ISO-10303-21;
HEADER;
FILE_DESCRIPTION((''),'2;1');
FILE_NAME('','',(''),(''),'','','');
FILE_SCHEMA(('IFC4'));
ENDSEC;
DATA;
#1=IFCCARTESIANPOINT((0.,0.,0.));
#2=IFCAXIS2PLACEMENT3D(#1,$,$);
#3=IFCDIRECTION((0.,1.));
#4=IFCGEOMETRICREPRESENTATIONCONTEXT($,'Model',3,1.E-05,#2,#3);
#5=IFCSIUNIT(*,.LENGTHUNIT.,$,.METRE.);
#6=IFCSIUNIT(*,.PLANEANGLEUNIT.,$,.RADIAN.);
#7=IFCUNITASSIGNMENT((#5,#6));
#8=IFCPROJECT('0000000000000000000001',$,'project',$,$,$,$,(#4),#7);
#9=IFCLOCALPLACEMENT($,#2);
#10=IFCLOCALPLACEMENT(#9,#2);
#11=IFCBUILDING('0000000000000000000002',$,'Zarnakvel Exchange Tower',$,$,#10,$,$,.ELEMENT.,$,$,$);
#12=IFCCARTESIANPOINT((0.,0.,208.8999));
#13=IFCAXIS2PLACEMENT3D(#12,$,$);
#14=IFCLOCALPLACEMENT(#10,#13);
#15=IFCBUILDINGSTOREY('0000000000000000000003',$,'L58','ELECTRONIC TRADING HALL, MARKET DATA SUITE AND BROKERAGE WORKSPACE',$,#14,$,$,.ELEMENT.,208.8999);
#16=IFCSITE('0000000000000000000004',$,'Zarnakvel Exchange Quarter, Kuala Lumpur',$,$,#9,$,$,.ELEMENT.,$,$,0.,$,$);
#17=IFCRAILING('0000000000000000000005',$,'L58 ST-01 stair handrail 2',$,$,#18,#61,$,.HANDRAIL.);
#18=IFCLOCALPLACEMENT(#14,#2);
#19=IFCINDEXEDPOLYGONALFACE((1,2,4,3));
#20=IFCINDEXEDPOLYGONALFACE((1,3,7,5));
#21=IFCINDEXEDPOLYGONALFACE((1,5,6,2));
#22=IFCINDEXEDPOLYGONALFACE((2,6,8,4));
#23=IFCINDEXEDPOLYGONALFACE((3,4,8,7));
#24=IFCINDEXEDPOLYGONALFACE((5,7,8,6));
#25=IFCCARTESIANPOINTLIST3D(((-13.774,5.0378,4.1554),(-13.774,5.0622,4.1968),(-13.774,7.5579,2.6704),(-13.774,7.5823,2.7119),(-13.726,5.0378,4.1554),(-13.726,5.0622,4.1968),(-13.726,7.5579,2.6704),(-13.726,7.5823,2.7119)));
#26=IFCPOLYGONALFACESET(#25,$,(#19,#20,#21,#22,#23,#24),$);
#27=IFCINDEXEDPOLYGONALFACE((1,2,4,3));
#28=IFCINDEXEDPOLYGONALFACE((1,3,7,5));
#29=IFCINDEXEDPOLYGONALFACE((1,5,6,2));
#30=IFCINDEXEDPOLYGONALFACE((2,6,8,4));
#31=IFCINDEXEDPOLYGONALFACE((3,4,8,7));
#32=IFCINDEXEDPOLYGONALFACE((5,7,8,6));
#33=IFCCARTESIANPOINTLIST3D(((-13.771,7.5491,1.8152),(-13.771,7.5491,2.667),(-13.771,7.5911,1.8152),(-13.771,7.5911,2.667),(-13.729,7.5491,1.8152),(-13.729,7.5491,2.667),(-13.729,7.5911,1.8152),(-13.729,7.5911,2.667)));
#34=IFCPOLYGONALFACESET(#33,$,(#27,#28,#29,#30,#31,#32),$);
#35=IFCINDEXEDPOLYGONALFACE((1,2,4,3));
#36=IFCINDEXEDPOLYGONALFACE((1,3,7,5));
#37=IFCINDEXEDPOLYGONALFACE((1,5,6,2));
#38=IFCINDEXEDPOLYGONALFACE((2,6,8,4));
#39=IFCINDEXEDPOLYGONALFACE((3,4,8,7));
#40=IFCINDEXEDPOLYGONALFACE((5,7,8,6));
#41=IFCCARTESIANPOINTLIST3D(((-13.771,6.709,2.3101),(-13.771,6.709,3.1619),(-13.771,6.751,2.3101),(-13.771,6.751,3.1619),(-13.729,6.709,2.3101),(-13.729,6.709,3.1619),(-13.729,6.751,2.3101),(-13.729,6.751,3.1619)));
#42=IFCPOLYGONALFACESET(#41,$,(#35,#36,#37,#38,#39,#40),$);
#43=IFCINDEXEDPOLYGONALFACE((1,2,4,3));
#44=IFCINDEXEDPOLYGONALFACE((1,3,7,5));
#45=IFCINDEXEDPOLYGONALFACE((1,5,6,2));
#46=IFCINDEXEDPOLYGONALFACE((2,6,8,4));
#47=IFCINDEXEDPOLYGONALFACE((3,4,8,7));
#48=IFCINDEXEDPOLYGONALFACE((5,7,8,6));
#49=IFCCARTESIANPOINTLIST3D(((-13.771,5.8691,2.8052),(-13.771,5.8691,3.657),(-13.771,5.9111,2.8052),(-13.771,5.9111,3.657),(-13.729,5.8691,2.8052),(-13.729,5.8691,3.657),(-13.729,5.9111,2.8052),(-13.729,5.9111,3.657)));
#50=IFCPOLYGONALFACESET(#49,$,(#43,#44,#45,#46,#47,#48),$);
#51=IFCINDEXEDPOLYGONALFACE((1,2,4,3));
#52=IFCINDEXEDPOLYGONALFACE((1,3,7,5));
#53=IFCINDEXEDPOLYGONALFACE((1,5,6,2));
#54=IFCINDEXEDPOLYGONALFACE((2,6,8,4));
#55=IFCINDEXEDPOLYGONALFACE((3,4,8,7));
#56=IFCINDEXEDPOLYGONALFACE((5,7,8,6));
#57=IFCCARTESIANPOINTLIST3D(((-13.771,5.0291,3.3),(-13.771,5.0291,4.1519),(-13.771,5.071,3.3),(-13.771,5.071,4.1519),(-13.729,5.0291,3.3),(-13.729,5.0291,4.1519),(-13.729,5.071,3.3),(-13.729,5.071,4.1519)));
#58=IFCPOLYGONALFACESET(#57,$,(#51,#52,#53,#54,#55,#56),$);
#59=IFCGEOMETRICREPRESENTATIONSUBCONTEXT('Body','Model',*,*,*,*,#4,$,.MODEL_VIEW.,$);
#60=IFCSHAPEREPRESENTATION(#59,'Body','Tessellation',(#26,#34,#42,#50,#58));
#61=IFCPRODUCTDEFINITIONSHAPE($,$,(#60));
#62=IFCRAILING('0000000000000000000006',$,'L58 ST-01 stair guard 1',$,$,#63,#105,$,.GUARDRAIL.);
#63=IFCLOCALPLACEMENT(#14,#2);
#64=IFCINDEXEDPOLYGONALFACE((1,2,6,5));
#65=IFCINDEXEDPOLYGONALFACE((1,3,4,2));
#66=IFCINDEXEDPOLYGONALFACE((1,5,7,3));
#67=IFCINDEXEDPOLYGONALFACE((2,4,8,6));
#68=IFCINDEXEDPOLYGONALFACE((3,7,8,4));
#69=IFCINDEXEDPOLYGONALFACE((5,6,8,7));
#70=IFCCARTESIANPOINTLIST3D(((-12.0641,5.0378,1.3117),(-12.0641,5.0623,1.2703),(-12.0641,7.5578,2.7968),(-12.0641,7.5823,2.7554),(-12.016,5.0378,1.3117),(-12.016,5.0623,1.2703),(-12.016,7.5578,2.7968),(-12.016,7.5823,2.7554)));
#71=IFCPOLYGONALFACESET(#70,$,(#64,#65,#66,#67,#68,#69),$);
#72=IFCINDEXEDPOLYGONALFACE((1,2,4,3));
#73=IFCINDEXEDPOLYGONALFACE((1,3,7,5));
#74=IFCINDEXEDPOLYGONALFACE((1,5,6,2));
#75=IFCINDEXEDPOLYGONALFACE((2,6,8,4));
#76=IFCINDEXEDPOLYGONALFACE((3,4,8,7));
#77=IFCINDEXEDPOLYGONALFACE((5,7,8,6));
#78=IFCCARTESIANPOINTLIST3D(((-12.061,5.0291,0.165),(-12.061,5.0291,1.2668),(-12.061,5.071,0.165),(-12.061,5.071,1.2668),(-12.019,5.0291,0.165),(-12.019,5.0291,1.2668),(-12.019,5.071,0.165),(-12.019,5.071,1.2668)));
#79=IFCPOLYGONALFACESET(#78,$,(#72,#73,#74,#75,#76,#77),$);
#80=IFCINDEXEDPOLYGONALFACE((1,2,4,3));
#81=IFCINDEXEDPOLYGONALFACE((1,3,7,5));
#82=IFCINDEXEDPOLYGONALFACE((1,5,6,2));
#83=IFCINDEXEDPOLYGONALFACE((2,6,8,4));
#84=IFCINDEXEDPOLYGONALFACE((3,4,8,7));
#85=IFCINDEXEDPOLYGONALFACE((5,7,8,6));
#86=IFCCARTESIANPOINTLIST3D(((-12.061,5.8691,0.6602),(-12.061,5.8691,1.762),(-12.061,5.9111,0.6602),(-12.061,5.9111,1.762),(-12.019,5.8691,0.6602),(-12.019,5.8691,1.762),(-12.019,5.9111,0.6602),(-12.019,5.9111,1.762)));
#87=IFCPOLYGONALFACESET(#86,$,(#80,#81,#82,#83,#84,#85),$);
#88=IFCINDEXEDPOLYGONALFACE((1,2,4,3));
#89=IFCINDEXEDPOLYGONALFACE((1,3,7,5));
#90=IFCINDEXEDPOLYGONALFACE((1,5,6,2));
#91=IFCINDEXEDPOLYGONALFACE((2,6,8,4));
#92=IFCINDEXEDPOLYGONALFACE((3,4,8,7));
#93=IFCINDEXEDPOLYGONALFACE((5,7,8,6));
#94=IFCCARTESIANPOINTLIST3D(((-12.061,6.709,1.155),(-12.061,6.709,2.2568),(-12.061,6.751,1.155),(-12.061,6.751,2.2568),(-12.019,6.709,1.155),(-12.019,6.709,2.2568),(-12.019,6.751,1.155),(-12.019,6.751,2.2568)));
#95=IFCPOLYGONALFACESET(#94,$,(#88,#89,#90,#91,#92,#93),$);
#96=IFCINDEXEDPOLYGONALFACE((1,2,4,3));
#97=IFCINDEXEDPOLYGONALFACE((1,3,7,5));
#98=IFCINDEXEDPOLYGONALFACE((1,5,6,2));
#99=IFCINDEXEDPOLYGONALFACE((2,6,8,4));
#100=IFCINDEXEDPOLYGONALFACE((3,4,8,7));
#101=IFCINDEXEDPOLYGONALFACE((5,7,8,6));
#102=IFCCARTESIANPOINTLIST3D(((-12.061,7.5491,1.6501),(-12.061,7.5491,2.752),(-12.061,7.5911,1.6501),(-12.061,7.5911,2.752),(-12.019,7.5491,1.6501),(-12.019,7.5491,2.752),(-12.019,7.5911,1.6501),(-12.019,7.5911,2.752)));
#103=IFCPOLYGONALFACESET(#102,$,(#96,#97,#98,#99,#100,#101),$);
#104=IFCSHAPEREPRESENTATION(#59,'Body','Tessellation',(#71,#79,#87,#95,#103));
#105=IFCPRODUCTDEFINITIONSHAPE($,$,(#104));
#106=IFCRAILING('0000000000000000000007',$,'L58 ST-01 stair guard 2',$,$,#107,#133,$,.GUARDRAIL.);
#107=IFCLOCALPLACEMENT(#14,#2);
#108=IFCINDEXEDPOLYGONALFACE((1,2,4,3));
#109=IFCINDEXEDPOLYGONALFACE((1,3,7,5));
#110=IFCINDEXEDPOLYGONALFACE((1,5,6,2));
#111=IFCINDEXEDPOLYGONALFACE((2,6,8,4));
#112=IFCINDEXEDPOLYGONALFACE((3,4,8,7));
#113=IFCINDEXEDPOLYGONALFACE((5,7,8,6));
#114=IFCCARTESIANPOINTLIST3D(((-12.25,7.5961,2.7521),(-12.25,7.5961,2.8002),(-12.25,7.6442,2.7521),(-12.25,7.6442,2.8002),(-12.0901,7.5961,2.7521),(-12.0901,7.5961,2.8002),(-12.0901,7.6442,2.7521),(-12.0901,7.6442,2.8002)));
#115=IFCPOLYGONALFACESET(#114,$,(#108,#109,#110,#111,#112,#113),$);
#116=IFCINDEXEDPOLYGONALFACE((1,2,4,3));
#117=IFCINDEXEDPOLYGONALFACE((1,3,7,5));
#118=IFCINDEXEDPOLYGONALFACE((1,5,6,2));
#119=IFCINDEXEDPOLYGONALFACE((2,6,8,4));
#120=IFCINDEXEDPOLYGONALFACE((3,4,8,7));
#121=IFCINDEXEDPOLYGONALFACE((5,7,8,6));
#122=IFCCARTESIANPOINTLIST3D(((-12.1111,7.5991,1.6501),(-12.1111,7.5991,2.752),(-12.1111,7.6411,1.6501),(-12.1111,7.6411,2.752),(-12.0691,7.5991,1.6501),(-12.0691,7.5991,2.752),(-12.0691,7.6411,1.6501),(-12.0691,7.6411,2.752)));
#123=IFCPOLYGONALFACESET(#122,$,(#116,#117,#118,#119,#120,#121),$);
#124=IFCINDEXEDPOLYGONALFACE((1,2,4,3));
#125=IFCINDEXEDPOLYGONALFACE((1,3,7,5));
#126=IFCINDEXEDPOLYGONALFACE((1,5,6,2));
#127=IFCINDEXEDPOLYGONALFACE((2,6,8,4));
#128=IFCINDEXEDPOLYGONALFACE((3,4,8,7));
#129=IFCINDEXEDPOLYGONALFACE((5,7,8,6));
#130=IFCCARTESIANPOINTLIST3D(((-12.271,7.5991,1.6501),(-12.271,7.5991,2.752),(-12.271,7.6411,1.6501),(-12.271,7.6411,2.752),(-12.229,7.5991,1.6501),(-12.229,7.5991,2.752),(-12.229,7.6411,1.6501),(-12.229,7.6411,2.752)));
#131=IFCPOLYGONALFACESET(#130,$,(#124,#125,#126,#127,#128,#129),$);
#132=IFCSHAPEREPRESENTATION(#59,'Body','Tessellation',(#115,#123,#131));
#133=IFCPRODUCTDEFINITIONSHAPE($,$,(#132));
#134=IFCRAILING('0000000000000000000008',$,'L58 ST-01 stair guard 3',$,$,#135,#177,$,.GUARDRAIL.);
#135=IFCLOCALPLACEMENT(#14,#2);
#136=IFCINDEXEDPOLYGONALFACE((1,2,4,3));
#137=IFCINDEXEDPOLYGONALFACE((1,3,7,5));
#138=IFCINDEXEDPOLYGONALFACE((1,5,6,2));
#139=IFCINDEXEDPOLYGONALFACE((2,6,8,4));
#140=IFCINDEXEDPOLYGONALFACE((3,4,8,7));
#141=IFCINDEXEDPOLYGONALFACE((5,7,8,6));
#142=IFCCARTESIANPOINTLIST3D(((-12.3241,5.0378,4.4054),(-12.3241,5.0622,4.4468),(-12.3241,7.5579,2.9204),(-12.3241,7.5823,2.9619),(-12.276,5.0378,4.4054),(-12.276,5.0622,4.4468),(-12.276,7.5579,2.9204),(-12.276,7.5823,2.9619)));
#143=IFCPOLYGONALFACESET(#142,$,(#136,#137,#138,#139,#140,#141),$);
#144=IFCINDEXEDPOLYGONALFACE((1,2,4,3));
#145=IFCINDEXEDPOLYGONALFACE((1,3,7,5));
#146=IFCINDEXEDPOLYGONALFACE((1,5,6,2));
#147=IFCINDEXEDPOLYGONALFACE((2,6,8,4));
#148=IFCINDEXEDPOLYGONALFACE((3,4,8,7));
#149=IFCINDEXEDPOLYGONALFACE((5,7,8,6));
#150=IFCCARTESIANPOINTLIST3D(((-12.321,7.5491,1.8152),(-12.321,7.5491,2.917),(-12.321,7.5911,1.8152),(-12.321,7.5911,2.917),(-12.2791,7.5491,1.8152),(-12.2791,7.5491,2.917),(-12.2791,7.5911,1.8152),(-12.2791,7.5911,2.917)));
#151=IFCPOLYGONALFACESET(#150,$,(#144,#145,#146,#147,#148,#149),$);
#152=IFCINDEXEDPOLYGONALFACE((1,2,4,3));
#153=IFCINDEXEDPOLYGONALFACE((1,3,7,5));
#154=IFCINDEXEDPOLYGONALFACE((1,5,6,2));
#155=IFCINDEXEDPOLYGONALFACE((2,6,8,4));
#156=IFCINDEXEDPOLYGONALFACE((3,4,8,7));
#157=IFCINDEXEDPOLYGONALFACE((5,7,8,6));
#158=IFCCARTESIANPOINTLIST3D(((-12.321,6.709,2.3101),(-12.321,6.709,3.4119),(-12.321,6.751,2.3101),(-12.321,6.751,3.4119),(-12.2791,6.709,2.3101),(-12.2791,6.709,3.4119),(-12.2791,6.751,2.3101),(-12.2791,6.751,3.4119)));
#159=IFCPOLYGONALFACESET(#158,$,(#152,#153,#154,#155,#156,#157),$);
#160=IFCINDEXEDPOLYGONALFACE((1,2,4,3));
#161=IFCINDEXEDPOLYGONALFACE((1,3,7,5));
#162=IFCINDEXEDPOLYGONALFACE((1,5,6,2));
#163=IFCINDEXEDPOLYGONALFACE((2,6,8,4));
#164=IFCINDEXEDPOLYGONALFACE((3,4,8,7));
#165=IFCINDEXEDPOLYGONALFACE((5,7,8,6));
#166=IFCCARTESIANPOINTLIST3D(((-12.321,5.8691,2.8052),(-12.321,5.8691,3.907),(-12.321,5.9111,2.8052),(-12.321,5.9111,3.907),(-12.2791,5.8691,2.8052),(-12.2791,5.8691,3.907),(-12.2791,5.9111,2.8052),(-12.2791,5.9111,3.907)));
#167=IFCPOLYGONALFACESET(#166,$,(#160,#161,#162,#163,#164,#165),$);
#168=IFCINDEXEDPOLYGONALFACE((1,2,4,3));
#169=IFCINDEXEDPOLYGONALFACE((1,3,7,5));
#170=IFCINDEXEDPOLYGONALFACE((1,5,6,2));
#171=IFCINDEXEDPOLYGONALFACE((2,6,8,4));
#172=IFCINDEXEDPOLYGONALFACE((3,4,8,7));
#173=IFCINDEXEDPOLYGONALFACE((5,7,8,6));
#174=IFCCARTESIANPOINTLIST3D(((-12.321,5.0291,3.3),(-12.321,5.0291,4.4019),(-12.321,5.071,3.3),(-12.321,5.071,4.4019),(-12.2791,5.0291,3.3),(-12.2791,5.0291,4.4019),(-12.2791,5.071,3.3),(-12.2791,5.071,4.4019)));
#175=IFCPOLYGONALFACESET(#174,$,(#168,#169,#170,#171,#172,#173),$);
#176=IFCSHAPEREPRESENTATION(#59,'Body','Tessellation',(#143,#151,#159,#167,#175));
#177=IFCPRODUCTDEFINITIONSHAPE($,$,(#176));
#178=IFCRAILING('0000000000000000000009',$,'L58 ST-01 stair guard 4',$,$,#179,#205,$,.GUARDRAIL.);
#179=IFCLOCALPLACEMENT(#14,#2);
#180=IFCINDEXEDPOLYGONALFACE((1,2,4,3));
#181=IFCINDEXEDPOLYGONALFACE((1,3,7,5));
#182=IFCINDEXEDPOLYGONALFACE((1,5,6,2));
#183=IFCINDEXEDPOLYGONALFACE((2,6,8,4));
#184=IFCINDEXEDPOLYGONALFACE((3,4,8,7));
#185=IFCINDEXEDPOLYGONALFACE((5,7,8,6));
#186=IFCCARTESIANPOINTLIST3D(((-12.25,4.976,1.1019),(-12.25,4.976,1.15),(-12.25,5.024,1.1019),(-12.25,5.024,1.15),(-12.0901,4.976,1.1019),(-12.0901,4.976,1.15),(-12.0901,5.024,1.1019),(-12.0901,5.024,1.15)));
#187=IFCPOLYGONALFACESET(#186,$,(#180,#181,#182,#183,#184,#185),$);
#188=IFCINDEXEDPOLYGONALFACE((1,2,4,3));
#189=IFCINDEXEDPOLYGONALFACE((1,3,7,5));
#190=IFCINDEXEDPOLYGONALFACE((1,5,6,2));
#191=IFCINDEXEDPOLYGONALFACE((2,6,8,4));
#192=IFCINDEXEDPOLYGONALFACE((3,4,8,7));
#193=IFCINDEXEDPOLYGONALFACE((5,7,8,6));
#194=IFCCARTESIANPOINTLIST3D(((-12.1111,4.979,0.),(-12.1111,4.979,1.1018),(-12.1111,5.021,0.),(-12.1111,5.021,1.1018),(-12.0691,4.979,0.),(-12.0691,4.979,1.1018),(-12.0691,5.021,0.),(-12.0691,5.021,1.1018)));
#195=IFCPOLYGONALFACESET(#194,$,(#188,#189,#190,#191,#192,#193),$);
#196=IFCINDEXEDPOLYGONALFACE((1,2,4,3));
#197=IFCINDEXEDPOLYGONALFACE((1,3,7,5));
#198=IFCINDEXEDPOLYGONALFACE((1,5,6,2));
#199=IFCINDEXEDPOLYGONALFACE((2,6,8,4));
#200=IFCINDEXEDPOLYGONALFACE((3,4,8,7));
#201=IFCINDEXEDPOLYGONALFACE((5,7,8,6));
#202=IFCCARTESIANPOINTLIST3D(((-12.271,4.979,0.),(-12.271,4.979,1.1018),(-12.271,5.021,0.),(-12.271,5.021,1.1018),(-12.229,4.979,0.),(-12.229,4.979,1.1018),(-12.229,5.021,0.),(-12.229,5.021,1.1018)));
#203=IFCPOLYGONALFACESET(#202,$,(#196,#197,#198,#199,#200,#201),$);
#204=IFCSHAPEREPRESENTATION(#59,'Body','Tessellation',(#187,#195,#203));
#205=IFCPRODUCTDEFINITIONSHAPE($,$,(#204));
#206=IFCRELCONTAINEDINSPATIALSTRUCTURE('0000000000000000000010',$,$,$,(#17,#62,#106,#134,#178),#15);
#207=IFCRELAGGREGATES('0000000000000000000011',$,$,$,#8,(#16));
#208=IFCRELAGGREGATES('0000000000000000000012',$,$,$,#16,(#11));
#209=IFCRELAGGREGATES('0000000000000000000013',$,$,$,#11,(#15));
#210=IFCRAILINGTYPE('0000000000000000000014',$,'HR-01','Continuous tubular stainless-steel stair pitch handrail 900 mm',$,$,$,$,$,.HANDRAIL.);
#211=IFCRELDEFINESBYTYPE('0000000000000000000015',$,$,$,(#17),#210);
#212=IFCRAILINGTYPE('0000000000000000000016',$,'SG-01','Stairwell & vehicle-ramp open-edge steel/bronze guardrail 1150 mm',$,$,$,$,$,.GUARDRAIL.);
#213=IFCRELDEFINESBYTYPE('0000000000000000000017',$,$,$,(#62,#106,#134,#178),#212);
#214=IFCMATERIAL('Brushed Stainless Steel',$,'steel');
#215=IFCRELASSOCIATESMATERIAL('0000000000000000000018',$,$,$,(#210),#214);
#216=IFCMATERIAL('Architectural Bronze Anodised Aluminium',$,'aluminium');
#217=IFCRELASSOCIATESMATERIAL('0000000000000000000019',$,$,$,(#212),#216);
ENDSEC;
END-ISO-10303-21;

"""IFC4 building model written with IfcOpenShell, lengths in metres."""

from ifc_helpers import new_model, si_unit, direction, frame, origin, origin_2d, place, context, subcontext, project, spatial, rectangle, extrude, material, type_object, element, save


model = new_model("IFC4")

# Units and contexts
model_context = context("Model", 3, precision=1e-05, world=origin(), true_north=direction((0.0, 1.0)))
body_context = subcontext(model_context, "Body", "Model", "MODEL_VIEW")
ifc_project = project(units=[si_unit("LENGTHUNIT", "METRE"), si_unit("PLANEANGLEUNIT", "RADIAN")], contexts=[model_context])

# Site, building, storey
site_placement = place(None, origin())
site = spatial("IfcSite", under=ifc_project, at=site_placement, Name="Zarnakvel Exchange Quarter, Kuala Lumpur", CompositionType="ELEMENT", RefElevation=0.0)
building_placement = place(site_placement, origin())
building = spatial("IfcBuilding", under=site, at=building_placement, Name="Zarnakvel Exchange Tower", CompositionType="ELEMENT")
storey_placement = place(building_placement, frame((0.0, 0.0, 208.8999)))
storey = spatial("IfcBuildingStorey", under=building, at=storey_placement, Name="L58", Description="ELECTRONIC TRADING HALL, MARKET DATA SUITE AND BROKERAGE WORKSPACE", CompositionType="ELEMENT", Elevation=208.8999)

# Shared definitions
ifc_material_1 = material(Name="Architectural Bronze Anodised Aluminium", Category="aluminium")

# Railings
ifc_material_2 = material(Name="Brushed Stainless Steel", Category="steel")
railing_type_1 = type_object("IfcRailingType", Name="HR-01", Description="Continuous tubular stainless-steel stair pitch handrail 900 mm", PredefinedType="HANDRAIL", material=ifc_material_2)
railing_1_placement = place(storey_placement, frame((-13.75, 7.5701, 1.8152)))
element("IfcRailing", 1, at=railing_1_placement, inside=storey, type_object=railing_type_1, Name="L58 ST-01 stair handrail 2", PredefinedType="HANDRAIL", context=body_context, shape_type="SweptSolid", body=[
    extrude(rectangle(XDim=0.0481, YDim=0.0481, at=origin_2d()), frame((0.0, 0.0, 0.876), z_axis=(0.0, -0.861561, 0.507655), x_axis=(1.0, 0.0, 0.0)), (0.0, 0.0, 1.0), 2.925),
    extrude(rectangle(XDim=0.042, YDim=0.042, at=origin_2d()), origin(), (0.0, 0.0, 1.0), 0.8518),
    extrude(rectangle(XDim=0.042, YDim=0.042, at=origin_2d()), frame((0.0, -0.8401, 0.4949)), (0.0, 0.0, 1.0), 0.8518),
    extrude(rectangle(XDim=0.042, YDim=0.042, at=origin_2d()), frame((0.0, -1.6799, 0.99)), (0.0, 0.0, 1.0), 0.8518),
    extrude(rectangle(XDim=0.042, YDim=0.042, at=origin_2d()), frame((0.0, -2.52, 1.4849)), (0.0, 0.0, 1.0), 0.8518),
])
railing_type_2 = type_object("IfcRailingType", Name="SG-01", Description="Stairwell & vehicle-ramp open-edge steel/bronze guardrail 1150 mm", PredefinedType="GUARDRAIL", material=ifc_material_1)
railing_2_placement = place(storey_placement, frame((-12.04, 5.05, 0.165)))
element("IfcRailing", 2, at=railing_2_placement, inside=storey, type_object=railing_type_2, Name="L58 ST-01 stair guard 1", PredefinedType="GUARDRAIL", context=body_context, shape_type="SweptSolid", body=[
    extrude(rectangle(XDim=0.0481, YDim=0.0481, at=origin_2d()), frame((0.0, 0.0, 1.126), z_axis=(0.0, 0.861524, 0.507717), x_axis=(-1.0, 0.0, 0.0)), (0.0, 0.0, 1.0), 2.925),
    extrude(rectangle(XDim=0.042, YDim=0.042, at=origin_2d()), origin(), (0.0, 0.0, 1.0), 1.1018),
    extrude(rectangle(XDim=0.042, YDim=0.042, at=origin_2d()), frame((0.0, 0.8401, 0.4951)), (0.0, 0.0, 1.0), 1.1018),
    extrude(rectangle(XDim=0.042, YDim=0.042, at=origin_2d()), frame((0.0, 1.6799, 0.99)), (0.0, 0.0, 1.0), 1.1018),
    extrude(rectangle(XDim=0.042, YDim=0.042, at=origin_2d()), frame((0.0, 2.52, 1.4851)), (0.0, 0.0, 1.0), 1.1018),
])
railing_3_placement = place(storey_placement, frame((-12.0901, 7.6201, 1.6501)))
element("IfcRailing", 3, at=railing_3_placement, inside=storey, type_object=railing_type_2, Name="L58 ST-01 stair guard 2", PredefinedType="GUARDRAIL", context=body_context, shape_type="SweptSolid", body=[
    extrude(rectangle(XDim=0.0481, YDim=0.0481, at=origin_2d()), frame((0.0, 0.0, 1.126), z_axis=(-1.0, 0.0, 0.0), x_axis=(0.0, -1.0, 0.0)), (0.0, 0.0, 1.0), 0.1599),
    extrude(rectangle(XDim=0.042, YDim=0.042, at=origin_2d()), origin(), (0.0, 0.0, 1.0), 1.1018),
    extrude(rectangle(XDim=0.042, YDim=0.042, at=origin_2d()), frame((-0.1599, 0.0, 0.0)), (0.0, 0.0, 1.0), 1.1018),
])
railing_4_placement = place(storey_placement, frame((-12.3, 7.5701, 1.8152)))
element("IfcRailing", 4, at=railing_4_placement, inside=storey, type_object=railing_type_2, Name="L58 ST-01 stair guard 3", PredefinedType="GUARDRAIL", context=body_context, shape_type="SweptSolid", body=[
    extrude(rectangle(XDim=0.0481, YDim=0.0481, at=origin_2d()), frame((0.0, 0.0, 1.126), z_axis=(0.0, -0.861561, 0.507655), x_axis=(1.0, 0.0, 0.0)), (0.0, 0.0, 1.0), 2.925),
    extrude(rectangle(XDim=0.042, YDim=0.042, at=origin_2d()), origin(), (0.0, 0.0, 1.0), 1.1018),
    extrude(rectangle(XDim=0.042, YDim=0.042, at=origin_2d()), frame((0.0, -0.8401, 0.4949)), (0.0, 0.0, 1.0), 1.1018),
    extrude(rectangle(XDim=0.042, YDim=0.042, at=origin_2d()), frame((0.0, -1.6799, 0.99)), (0.0, 0.0, 1.0), 1.1018),
    extrude(rectangle(XDim=0.042, YDim=0.042, at=origin_2d()), frame((0.0, -2.52, 1.4849)), (0.0, 0.0, 1.0), 1.1018),
])
railing_5_placement = place(storey_placement, frame((-12.0901, 5.0, 0.0)))
element("IfcRailing", 5, at=railing_5_placement, inside=storey, type_object=railing_type_2, Name="L58 ST-01 stair guard 4", PredefinedType="GUARDRAIL", context=body_context, shape_type="SweptSolid", body=[
    extrude(rectangle(XDim=0.0481, YDim=0.0481, at=origin_2d()), frame((0.0, 0.0, 1.126), z_axis=(-1.0, 0.0, 0.0), x_axis=(0.0, -1.0, 0.0)), (0.0, 0.0, 1.0), 0.1599),
    extrude(rectangle(XDim=0.042, YDim=0.042, at=origin_2d()), origin(), (0.0, 0.0, 1.0), 1.1018),
    extrude(rectangle(XDim=0.042, YDim=0.042, at=origin_2d()), frame((-0.1599, 0.0, 0.0)), (0.0, 0.0, 1.0), 1.1018),
])

save(model, "model.ifc")
